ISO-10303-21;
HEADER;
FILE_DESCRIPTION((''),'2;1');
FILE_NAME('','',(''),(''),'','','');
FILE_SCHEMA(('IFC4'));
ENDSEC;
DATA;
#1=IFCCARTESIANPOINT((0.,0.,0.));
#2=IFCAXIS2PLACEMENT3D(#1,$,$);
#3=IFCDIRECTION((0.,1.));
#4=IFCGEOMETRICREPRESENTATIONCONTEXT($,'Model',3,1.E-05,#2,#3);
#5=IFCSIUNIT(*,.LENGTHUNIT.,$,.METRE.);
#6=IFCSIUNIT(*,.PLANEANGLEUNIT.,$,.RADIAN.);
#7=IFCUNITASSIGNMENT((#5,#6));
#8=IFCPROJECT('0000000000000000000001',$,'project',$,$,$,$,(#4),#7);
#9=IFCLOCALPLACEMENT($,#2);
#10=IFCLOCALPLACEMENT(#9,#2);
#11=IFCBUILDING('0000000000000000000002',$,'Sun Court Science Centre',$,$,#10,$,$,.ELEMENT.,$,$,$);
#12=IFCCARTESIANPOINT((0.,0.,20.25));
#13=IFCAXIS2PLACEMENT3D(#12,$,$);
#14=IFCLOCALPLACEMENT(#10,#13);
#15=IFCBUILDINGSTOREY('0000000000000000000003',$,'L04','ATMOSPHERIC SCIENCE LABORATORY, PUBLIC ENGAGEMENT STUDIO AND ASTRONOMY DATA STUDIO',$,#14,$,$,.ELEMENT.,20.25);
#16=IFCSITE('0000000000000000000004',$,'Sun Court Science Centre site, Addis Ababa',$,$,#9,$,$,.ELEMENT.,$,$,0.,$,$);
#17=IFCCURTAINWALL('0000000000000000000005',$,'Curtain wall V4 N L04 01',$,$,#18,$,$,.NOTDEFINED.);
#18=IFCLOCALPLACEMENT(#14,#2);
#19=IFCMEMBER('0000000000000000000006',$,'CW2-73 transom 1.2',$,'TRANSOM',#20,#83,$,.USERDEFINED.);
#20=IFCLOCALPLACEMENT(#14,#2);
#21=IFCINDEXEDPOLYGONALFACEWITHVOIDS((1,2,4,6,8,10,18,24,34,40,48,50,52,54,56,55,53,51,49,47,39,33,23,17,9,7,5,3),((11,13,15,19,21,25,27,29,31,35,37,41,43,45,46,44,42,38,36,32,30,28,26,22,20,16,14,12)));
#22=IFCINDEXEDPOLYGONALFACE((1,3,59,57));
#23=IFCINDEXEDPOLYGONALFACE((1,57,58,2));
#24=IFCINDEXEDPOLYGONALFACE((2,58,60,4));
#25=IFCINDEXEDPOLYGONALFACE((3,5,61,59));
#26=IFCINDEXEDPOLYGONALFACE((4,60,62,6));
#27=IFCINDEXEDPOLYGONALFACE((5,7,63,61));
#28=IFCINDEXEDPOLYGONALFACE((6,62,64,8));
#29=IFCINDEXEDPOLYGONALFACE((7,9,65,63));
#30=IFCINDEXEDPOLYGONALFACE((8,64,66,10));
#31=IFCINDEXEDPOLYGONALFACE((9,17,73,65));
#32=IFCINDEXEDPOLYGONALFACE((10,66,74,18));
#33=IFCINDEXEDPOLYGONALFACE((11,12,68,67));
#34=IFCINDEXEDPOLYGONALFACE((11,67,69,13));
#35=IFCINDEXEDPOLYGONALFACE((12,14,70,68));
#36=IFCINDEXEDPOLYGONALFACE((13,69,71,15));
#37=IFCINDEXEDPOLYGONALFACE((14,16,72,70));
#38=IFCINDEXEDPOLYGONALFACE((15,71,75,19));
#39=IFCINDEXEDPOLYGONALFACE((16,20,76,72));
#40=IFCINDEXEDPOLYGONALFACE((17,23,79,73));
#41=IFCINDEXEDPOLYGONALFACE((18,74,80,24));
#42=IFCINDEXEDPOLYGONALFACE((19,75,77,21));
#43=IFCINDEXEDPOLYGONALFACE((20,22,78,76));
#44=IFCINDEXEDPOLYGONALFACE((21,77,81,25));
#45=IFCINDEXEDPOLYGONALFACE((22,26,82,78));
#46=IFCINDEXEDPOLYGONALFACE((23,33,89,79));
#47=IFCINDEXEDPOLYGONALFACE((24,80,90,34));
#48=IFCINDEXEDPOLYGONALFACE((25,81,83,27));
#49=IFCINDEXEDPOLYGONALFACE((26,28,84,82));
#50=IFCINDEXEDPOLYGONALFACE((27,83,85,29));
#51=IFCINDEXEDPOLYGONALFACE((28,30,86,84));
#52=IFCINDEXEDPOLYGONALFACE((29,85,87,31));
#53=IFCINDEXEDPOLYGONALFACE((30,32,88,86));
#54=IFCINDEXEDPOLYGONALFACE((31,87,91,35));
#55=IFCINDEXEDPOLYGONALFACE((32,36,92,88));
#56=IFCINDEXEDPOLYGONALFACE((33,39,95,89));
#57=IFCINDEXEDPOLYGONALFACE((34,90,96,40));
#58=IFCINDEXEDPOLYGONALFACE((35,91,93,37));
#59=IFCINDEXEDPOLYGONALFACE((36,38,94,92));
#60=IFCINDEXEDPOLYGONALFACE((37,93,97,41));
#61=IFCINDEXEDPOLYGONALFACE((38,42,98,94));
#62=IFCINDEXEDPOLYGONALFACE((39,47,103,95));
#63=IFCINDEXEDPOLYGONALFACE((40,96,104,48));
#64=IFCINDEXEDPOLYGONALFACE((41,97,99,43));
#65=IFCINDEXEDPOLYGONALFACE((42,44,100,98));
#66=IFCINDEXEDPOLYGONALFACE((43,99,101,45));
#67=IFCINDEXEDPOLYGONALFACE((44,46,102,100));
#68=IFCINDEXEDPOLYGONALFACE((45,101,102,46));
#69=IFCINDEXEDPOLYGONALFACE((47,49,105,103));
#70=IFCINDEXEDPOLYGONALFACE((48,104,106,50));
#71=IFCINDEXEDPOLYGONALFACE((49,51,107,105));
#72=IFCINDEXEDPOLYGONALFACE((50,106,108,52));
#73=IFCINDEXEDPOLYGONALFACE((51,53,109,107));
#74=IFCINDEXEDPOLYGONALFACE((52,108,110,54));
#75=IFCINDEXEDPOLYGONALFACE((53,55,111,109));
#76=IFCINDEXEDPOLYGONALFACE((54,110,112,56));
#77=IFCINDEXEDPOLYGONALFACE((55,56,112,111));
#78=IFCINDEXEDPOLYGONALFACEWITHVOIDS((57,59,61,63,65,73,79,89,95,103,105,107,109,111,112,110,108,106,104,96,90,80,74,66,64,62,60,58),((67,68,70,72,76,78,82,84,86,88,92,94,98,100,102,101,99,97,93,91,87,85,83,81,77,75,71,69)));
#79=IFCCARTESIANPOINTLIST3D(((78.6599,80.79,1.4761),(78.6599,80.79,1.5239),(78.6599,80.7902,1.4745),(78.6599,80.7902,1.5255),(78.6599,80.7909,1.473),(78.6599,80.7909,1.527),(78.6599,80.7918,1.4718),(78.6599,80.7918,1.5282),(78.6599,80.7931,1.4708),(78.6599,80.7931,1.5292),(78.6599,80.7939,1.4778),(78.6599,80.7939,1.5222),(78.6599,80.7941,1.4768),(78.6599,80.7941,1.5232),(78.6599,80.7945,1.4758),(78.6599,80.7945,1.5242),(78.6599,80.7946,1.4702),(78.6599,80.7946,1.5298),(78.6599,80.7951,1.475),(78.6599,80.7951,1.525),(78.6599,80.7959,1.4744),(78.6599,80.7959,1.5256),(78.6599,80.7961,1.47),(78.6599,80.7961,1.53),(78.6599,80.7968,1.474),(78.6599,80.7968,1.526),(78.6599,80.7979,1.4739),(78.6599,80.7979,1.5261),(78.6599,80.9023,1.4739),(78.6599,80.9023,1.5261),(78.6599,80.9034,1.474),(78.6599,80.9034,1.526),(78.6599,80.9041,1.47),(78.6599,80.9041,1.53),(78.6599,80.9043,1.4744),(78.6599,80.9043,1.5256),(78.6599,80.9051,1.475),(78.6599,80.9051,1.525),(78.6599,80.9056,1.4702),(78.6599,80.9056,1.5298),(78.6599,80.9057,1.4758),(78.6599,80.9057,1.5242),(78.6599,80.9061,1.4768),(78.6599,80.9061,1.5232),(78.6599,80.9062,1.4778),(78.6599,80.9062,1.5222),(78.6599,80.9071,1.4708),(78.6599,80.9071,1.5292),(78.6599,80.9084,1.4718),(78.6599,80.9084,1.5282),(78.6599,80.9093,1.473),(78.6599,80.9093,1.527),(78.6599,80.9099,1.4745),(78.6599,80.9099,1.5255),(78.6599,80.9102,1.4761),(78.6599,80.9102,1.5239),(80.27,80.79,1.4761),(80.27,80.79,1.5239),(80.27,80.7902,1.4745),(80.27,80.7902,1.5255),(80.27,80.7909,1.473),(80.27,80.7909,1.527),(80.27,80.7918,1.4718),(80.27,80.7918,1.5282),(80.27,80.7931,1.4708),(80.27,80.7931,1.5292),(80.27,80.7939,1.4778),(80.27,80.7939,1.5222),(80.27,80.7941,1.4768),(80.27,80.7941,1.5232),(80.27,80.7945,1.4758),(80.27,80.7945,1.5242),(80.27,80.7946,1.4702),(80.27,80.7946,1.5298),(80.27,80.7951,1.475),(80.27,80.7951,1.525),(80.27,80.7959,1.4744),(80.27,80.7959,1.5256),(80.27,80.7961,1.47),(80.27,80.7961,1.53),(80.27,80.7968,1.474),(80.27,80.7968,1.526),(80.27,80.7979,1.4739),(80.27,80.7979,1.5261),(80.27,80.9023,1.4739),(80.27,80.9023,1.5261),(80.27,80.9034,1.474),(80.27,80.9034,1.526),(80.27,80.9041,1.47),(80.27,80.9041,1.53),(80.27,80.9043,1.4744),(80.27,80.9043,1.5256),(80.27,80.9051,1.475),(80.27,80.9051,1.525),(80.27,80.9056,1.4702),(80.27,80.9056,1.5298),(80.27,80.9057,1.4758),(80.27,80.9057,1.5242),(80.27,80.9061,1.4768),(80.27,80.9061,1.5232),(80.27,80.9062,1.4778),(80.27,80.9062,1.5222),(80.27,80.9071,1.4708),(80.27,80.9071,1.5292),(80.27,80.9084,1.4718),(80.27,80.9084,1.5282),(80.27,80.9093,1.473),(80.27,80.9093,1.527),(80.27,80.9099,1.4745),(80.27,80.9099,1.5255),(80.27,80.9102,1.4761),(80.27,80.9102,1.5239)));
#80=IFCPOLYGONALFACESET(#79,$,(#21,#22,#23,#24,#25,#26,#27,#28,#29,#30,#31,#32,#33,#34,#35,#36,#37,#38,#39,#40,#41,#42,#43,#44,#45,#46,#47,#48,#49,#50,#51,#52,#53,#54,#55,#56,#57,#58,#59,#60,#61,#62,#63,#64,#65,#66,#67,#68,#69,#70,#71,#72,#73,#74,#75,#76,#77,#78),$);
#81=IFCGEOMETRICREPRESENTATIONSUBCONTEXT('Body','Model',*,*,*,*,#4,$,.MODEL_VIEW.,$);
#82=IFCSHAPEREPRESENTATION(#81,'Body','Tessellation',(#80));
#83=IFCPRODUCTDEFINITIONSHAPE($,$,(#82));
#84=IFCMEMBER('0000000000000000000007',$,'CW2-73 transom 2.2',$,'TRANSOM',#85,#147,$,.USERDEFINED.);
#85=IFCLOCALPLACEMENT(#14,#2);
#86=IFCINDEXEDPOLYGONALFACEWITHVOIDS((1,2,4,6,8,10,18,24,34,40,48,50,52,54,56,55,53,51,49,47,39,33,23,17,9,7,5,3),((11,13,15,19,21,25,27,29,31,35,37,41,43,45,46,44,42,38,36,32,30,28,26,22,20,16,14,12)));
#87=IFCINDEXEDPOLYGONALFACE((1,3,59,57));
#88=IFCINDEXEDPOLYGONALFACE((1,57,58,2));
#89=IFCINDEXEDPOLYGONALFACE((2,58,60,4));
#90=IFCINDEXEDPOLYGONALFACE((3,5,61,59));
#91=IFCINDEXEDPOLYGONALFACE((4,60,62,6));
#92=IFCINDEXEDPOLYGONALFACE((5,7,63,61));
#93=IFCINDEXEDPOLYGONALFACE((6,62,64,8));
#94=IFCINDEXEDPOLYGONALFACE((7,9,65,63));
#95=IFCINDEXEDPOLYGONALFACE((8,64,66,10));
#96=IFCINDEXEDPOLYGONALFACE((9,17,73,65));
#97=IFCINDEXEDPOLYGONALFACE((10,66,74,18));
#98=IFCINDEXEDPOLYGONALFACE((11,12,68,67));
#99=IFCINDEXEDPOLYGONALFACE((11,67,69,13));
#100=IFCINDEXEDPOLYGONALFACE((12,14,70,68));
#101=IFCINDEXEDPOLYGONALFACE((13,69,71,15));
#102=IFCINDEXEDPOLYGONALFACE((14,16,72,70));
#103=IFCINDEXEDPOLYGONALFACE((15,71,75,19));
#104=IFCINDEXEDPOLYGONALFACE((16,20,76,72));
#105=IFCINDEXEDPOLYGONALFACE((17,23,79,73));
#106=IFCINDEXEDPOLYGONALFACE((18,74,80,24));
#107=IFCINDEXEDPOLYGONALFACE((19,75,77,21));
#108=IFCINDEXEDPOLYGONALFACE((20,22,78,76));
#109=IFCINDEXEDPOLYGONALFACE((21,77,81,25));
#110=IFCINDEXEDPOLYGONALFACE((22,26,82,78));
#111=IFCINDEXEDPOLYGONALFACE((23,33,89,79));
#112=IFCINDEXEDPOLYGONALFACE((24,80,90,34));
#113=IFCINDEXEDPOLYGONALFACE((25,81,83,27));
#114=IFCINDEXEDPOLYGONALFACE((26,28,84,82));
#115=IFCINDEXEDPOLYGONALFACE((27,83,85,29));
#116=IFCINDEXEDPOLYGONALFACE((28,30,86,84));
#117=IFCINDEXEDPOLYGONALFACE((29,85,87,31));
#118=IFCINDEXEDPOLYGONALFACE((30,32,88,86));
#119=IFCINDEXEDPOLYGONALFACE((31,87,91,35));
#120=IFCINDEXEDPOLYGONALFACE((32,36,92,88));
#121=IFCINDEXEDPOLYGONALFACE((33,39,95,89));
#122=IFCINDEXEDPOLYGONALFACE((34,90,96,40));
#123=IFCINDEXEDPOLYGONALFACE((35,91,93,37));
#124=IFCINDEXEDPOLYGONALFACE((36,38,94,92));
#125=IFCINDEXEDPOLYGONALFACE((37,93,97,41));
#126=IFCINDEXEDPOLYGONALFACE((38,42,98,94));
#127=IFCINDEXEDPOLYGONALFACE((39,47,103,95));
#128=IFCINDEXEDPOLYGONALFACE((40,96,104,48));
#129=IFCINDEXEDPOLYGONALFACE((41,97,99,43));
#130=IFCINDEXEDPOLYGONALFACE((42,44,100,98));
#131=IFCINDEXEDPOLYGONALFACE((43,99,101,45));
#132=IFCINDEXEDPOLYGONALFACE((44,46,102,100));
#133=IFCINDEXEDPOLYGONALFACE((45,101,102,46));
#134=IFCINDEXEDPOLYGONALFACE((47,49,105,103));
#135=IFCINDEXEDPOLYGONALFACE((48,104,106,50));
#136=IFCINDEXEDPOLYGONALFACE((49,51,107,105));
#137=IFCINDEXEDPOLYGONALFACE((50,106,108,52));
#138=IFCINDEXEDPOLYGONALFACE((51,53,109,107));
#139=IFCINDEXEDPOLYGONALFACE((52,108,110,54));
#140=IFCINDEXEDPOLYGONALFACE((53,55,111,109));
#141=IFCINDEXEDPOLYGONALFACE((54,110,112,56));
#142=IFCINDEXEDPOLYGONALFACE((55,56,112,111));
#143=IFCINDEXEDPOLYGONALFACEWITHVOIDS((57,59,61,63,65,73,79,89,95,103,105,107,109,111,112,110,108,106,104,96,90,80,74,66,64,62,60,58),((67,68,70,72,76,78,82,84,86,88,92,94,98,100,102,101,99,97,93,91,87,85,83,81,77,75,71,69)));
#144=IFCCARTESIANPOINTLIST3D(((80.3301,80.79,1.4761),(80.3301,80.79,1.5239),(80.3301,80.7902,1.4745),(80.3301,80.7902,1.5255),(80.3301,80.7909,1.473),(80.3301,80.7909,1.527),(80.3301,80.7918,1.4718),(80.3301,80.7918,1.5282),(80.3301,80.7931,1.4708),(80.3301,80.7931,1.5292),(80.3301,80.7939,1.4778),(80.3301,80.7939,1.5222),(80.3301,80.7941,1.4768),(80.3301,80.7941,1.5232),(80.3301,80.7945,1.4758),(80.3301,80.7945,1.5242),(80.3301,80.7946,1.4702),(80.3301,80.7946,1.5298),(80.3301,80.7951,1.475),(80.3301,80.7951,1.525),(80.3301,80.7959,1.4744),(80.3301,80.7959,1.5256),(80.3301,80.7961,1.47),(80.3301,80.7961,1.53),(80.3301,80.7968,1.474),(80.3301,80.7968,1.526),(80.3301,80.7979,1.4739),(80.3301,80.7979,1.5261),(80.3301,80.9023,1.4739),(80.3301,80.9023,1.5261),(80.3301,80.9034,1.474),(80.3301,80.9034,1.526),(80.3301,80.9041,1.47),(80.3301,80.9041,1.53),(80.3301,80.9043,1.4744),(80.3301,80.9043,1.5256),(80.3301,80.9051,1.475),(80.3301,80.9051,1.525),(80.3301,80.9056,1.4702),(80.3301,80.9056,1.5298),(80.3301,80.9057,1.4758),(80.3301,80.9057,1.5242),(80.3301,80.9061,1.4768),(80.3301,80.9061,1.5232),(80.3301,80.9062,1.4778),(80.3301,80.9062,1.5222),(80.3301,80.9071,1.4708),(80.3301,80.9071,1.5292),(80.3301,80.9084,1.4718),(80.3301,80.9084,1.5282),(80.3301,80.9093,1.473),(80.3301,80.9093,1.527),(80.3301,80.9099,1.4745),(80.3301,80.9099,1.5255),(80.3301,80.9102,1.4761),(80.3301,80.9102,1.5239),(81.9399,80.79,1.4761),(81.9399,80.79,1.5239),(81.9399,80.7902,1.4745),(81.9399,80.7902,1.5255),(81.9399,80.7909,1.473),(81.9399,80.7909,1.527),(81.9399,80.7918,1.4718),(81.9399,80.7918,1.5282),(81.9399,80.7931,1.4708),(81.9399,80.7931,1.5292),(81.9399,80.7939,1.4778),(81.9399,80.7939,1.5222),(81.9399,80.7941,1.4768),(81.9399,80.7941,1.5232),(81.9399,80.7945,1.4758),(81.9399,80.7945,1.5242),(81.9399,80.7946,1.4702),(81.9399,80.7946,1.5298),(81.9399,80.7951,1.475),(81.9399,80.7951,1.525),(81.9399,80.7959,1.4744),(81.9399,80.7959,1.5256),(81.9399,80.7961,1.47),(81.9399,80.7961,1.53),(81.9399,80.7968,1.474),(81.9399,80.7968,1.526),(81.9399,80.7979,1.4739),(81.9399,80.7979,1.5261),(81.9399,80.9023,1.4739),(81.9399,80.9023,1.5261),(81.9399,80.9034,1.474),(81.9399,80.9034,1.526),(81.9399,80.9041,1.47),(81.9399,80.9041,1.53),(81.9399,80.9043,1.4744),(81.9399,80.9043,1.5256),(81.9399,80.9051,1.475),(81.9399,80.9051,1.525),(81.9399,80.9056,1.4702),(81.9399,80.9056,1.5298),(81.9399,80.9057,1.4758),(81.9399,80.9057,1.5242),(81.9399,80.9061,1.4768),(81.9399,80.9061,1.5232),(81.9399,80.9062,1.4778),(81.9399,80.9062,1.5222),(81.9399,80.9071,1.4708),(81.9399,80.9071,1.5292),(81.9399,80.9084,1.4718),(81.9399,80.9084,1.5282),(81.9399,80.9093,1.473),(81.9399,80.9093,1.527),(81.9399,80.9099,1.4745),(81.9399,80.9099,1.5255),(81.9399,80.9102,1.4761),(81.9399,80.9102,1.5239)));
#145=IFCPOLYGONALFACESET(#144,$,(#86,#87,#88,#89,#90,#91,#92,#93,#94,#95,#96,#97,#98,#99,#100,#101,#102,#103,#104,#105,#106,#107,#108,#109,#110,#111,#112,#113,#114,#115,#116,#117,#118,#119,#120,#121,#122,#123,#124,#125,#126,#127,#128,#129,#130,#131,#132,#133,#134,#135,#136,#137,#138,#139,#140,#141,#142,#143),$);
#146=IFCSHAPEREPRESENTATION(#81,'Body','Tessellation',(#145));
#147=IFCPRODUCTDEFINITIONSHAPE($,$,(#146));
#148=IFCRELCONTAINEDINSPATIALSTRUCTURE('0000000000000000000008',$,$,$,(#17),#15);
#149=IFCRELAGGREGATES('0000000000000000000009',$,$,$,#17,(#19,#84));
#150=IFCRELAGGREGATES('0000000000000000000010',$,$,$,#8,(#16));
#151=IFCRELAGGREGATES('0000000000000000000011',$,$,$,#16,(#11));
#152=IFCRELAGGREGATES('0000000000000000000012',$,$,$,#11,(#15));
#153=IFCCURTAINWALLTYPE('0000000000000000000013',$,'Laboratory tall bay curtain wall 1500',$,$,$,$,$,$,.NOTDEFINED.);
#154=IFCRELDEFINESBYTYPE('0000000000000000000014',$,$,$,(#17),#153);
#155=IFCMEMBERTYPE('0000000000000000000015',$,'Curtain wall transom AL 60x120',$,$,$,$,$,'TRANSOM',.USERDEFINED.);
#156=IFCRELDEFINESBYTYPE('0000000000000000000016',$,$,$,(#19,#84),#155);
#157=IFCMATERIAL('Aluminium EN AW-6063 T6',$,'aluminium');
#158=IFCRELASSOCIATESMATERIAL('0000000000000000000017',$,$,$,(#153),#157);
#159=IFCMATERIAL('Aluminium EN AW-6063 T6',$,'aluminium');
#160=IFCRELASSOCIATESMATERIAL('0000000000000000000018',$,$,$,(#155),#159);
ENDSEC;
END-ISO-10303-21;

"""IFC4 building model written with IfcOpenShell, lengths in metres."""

from ifc_helpers import new_model, si_unit, direction, frame, origin, origin_2d, place, context, subcontext, project, spatial, hollow_rectangle, extrude, material, material_profile, profile_set, type_object, element, aggregate, save


model = new_model("IFC4")

# Units and contexts
model_context = context("Model", 3, precision=1e-05, world=origin(), true_north=direction((0.0, 1.0)))
body_context = subcontext(model_context, "Body", "Model", "MODEL_VIEW")
ifc_project = project(units=[si_unit("LENGTHUNIT", "METRE"), si_unit("PLANEANGLEUNIT", "RADIAN")], contexts=[model_context])

# Site, building, storey
site_placement = place(None, origin())
site = spatial("IfcSite", under=ifc_project, at=site_placement, Name="Sun Court Science Centre site, Addis Ababa", CompositionType="ELEMENT", RefElevation=0.0)
building_placement = place(site_placement, origin())
building = spatial("IfcBuilding", under=site, at=building_placement, Name="Sun Court Science Centre", CompositionType="ELEMENT")
storey_placement = place(building_placement, frame((0.0, 0.0, 20.25)))
storey = spatial("IfcBuildingStorey", under=building, at=storey_placement, Name="L04", Description="ATMOSPHERIC SCIENCE LABORATORY, PUBLIC ENGAGEMENT STUDIO AND ASTRONOMY DATA STUDIO", CompositionType="ELEMENT", Elevation=20.25)

# Curtain wall
ifc_material_1 = material(Name="Aluminium EN AW-6063 T6", Category="aluminium")
curtain_wall_type = type_object("IfcCurtainWallType", Name="Laboratory tall bay curtain wall 1500", PredefinedType="NOTDEFINED", material=ifc_material_1)
curtain_wall_1_placement = place(storey_placement, origin())
curtain_wall_1 = element("IfcCurtainWall", 1, at=curtain_wall_1_placement, inside=storey, type_object=curtain_wall_type, Name="Curtain wall V4 N L04 01", PredefinedType="NOTDEFINED")

# Members
ifc_material_2 = material(Name="Aluminium EN AW-6063 T6", Category="aluminium")
ifc_material_profile_1 = material_profile(ifc_material_2, hollow_rectangle(XDim=0.0601, YDim=0.1201, WallThickness=0.0039, InnerFilletRadius=0.0039, OuterFilletRadius=0.0061, at=origin_2d()), Name="AL 60x120x4")
ifc_profile_set_1 = profile_set([ifc_material_profile_1], Name="Aluminium EN AW-6063 T6")
member_type_1 = type_object("IfcMemberType", Name="Curtain wall transom AL 60x120", ElementType="TRANSOM", PredefinedType="USERDEFINED", material=ifc_profile_set_1)
member_1_placement = place(storey_placement, frame((78.6599, 80.8501, 1.5), z_axis=(1.0, 0.0, 0.0), x_axis=(0.0, 0.0, 1.0)))
member_1 = element("IfcMember", 2, at=member_1_placement, type_object=member_type_1, Name="CW2-73 transom 1.2", ObjectType="TRANSOM", PredefinedType="USERDEFINED", context=body_context, shape_type="SweptSolid", body=[
    extrude(hollow_rectangle(XDim=0.0601, YDim=0.1201, WallThickness=0.0039, InnerFilletRadius=0.0039, OuterFilletRadius=0.0061, at=origin_2d()), origin(), (0.0, 0.0, 1.0), 1.6101),
])
member_2_placement = place(storey_placement, frame((80.3301, 80.8501, 1.5), z_axis=(1.0, 0.0, 0.0), x_axis=(0.0, 0.0, 1.0)))
member_2 = element("IfcMember", 3, at=member_2_placement, type_object=member_type_1, Name="CW2-73 transom 2.2", ObjectType="TRANSOM", PredefinedType="USERDEFINED", context=body_context, shape_type="SweptSolid", body=[
    extrude(hollow_rectangle(XDim=0.0601, YDim=0.1201, WallThickness=0.0039, InnerFilletRadius=0.0039, OuterFilletRadius=0.0061, at=origin_2d()), origin(), (0.0, 0.0, 1.0), 1.6099),
])

aggregate(curtain_wall_1, [member_1, member_2])

save(model, "model.ifc")
